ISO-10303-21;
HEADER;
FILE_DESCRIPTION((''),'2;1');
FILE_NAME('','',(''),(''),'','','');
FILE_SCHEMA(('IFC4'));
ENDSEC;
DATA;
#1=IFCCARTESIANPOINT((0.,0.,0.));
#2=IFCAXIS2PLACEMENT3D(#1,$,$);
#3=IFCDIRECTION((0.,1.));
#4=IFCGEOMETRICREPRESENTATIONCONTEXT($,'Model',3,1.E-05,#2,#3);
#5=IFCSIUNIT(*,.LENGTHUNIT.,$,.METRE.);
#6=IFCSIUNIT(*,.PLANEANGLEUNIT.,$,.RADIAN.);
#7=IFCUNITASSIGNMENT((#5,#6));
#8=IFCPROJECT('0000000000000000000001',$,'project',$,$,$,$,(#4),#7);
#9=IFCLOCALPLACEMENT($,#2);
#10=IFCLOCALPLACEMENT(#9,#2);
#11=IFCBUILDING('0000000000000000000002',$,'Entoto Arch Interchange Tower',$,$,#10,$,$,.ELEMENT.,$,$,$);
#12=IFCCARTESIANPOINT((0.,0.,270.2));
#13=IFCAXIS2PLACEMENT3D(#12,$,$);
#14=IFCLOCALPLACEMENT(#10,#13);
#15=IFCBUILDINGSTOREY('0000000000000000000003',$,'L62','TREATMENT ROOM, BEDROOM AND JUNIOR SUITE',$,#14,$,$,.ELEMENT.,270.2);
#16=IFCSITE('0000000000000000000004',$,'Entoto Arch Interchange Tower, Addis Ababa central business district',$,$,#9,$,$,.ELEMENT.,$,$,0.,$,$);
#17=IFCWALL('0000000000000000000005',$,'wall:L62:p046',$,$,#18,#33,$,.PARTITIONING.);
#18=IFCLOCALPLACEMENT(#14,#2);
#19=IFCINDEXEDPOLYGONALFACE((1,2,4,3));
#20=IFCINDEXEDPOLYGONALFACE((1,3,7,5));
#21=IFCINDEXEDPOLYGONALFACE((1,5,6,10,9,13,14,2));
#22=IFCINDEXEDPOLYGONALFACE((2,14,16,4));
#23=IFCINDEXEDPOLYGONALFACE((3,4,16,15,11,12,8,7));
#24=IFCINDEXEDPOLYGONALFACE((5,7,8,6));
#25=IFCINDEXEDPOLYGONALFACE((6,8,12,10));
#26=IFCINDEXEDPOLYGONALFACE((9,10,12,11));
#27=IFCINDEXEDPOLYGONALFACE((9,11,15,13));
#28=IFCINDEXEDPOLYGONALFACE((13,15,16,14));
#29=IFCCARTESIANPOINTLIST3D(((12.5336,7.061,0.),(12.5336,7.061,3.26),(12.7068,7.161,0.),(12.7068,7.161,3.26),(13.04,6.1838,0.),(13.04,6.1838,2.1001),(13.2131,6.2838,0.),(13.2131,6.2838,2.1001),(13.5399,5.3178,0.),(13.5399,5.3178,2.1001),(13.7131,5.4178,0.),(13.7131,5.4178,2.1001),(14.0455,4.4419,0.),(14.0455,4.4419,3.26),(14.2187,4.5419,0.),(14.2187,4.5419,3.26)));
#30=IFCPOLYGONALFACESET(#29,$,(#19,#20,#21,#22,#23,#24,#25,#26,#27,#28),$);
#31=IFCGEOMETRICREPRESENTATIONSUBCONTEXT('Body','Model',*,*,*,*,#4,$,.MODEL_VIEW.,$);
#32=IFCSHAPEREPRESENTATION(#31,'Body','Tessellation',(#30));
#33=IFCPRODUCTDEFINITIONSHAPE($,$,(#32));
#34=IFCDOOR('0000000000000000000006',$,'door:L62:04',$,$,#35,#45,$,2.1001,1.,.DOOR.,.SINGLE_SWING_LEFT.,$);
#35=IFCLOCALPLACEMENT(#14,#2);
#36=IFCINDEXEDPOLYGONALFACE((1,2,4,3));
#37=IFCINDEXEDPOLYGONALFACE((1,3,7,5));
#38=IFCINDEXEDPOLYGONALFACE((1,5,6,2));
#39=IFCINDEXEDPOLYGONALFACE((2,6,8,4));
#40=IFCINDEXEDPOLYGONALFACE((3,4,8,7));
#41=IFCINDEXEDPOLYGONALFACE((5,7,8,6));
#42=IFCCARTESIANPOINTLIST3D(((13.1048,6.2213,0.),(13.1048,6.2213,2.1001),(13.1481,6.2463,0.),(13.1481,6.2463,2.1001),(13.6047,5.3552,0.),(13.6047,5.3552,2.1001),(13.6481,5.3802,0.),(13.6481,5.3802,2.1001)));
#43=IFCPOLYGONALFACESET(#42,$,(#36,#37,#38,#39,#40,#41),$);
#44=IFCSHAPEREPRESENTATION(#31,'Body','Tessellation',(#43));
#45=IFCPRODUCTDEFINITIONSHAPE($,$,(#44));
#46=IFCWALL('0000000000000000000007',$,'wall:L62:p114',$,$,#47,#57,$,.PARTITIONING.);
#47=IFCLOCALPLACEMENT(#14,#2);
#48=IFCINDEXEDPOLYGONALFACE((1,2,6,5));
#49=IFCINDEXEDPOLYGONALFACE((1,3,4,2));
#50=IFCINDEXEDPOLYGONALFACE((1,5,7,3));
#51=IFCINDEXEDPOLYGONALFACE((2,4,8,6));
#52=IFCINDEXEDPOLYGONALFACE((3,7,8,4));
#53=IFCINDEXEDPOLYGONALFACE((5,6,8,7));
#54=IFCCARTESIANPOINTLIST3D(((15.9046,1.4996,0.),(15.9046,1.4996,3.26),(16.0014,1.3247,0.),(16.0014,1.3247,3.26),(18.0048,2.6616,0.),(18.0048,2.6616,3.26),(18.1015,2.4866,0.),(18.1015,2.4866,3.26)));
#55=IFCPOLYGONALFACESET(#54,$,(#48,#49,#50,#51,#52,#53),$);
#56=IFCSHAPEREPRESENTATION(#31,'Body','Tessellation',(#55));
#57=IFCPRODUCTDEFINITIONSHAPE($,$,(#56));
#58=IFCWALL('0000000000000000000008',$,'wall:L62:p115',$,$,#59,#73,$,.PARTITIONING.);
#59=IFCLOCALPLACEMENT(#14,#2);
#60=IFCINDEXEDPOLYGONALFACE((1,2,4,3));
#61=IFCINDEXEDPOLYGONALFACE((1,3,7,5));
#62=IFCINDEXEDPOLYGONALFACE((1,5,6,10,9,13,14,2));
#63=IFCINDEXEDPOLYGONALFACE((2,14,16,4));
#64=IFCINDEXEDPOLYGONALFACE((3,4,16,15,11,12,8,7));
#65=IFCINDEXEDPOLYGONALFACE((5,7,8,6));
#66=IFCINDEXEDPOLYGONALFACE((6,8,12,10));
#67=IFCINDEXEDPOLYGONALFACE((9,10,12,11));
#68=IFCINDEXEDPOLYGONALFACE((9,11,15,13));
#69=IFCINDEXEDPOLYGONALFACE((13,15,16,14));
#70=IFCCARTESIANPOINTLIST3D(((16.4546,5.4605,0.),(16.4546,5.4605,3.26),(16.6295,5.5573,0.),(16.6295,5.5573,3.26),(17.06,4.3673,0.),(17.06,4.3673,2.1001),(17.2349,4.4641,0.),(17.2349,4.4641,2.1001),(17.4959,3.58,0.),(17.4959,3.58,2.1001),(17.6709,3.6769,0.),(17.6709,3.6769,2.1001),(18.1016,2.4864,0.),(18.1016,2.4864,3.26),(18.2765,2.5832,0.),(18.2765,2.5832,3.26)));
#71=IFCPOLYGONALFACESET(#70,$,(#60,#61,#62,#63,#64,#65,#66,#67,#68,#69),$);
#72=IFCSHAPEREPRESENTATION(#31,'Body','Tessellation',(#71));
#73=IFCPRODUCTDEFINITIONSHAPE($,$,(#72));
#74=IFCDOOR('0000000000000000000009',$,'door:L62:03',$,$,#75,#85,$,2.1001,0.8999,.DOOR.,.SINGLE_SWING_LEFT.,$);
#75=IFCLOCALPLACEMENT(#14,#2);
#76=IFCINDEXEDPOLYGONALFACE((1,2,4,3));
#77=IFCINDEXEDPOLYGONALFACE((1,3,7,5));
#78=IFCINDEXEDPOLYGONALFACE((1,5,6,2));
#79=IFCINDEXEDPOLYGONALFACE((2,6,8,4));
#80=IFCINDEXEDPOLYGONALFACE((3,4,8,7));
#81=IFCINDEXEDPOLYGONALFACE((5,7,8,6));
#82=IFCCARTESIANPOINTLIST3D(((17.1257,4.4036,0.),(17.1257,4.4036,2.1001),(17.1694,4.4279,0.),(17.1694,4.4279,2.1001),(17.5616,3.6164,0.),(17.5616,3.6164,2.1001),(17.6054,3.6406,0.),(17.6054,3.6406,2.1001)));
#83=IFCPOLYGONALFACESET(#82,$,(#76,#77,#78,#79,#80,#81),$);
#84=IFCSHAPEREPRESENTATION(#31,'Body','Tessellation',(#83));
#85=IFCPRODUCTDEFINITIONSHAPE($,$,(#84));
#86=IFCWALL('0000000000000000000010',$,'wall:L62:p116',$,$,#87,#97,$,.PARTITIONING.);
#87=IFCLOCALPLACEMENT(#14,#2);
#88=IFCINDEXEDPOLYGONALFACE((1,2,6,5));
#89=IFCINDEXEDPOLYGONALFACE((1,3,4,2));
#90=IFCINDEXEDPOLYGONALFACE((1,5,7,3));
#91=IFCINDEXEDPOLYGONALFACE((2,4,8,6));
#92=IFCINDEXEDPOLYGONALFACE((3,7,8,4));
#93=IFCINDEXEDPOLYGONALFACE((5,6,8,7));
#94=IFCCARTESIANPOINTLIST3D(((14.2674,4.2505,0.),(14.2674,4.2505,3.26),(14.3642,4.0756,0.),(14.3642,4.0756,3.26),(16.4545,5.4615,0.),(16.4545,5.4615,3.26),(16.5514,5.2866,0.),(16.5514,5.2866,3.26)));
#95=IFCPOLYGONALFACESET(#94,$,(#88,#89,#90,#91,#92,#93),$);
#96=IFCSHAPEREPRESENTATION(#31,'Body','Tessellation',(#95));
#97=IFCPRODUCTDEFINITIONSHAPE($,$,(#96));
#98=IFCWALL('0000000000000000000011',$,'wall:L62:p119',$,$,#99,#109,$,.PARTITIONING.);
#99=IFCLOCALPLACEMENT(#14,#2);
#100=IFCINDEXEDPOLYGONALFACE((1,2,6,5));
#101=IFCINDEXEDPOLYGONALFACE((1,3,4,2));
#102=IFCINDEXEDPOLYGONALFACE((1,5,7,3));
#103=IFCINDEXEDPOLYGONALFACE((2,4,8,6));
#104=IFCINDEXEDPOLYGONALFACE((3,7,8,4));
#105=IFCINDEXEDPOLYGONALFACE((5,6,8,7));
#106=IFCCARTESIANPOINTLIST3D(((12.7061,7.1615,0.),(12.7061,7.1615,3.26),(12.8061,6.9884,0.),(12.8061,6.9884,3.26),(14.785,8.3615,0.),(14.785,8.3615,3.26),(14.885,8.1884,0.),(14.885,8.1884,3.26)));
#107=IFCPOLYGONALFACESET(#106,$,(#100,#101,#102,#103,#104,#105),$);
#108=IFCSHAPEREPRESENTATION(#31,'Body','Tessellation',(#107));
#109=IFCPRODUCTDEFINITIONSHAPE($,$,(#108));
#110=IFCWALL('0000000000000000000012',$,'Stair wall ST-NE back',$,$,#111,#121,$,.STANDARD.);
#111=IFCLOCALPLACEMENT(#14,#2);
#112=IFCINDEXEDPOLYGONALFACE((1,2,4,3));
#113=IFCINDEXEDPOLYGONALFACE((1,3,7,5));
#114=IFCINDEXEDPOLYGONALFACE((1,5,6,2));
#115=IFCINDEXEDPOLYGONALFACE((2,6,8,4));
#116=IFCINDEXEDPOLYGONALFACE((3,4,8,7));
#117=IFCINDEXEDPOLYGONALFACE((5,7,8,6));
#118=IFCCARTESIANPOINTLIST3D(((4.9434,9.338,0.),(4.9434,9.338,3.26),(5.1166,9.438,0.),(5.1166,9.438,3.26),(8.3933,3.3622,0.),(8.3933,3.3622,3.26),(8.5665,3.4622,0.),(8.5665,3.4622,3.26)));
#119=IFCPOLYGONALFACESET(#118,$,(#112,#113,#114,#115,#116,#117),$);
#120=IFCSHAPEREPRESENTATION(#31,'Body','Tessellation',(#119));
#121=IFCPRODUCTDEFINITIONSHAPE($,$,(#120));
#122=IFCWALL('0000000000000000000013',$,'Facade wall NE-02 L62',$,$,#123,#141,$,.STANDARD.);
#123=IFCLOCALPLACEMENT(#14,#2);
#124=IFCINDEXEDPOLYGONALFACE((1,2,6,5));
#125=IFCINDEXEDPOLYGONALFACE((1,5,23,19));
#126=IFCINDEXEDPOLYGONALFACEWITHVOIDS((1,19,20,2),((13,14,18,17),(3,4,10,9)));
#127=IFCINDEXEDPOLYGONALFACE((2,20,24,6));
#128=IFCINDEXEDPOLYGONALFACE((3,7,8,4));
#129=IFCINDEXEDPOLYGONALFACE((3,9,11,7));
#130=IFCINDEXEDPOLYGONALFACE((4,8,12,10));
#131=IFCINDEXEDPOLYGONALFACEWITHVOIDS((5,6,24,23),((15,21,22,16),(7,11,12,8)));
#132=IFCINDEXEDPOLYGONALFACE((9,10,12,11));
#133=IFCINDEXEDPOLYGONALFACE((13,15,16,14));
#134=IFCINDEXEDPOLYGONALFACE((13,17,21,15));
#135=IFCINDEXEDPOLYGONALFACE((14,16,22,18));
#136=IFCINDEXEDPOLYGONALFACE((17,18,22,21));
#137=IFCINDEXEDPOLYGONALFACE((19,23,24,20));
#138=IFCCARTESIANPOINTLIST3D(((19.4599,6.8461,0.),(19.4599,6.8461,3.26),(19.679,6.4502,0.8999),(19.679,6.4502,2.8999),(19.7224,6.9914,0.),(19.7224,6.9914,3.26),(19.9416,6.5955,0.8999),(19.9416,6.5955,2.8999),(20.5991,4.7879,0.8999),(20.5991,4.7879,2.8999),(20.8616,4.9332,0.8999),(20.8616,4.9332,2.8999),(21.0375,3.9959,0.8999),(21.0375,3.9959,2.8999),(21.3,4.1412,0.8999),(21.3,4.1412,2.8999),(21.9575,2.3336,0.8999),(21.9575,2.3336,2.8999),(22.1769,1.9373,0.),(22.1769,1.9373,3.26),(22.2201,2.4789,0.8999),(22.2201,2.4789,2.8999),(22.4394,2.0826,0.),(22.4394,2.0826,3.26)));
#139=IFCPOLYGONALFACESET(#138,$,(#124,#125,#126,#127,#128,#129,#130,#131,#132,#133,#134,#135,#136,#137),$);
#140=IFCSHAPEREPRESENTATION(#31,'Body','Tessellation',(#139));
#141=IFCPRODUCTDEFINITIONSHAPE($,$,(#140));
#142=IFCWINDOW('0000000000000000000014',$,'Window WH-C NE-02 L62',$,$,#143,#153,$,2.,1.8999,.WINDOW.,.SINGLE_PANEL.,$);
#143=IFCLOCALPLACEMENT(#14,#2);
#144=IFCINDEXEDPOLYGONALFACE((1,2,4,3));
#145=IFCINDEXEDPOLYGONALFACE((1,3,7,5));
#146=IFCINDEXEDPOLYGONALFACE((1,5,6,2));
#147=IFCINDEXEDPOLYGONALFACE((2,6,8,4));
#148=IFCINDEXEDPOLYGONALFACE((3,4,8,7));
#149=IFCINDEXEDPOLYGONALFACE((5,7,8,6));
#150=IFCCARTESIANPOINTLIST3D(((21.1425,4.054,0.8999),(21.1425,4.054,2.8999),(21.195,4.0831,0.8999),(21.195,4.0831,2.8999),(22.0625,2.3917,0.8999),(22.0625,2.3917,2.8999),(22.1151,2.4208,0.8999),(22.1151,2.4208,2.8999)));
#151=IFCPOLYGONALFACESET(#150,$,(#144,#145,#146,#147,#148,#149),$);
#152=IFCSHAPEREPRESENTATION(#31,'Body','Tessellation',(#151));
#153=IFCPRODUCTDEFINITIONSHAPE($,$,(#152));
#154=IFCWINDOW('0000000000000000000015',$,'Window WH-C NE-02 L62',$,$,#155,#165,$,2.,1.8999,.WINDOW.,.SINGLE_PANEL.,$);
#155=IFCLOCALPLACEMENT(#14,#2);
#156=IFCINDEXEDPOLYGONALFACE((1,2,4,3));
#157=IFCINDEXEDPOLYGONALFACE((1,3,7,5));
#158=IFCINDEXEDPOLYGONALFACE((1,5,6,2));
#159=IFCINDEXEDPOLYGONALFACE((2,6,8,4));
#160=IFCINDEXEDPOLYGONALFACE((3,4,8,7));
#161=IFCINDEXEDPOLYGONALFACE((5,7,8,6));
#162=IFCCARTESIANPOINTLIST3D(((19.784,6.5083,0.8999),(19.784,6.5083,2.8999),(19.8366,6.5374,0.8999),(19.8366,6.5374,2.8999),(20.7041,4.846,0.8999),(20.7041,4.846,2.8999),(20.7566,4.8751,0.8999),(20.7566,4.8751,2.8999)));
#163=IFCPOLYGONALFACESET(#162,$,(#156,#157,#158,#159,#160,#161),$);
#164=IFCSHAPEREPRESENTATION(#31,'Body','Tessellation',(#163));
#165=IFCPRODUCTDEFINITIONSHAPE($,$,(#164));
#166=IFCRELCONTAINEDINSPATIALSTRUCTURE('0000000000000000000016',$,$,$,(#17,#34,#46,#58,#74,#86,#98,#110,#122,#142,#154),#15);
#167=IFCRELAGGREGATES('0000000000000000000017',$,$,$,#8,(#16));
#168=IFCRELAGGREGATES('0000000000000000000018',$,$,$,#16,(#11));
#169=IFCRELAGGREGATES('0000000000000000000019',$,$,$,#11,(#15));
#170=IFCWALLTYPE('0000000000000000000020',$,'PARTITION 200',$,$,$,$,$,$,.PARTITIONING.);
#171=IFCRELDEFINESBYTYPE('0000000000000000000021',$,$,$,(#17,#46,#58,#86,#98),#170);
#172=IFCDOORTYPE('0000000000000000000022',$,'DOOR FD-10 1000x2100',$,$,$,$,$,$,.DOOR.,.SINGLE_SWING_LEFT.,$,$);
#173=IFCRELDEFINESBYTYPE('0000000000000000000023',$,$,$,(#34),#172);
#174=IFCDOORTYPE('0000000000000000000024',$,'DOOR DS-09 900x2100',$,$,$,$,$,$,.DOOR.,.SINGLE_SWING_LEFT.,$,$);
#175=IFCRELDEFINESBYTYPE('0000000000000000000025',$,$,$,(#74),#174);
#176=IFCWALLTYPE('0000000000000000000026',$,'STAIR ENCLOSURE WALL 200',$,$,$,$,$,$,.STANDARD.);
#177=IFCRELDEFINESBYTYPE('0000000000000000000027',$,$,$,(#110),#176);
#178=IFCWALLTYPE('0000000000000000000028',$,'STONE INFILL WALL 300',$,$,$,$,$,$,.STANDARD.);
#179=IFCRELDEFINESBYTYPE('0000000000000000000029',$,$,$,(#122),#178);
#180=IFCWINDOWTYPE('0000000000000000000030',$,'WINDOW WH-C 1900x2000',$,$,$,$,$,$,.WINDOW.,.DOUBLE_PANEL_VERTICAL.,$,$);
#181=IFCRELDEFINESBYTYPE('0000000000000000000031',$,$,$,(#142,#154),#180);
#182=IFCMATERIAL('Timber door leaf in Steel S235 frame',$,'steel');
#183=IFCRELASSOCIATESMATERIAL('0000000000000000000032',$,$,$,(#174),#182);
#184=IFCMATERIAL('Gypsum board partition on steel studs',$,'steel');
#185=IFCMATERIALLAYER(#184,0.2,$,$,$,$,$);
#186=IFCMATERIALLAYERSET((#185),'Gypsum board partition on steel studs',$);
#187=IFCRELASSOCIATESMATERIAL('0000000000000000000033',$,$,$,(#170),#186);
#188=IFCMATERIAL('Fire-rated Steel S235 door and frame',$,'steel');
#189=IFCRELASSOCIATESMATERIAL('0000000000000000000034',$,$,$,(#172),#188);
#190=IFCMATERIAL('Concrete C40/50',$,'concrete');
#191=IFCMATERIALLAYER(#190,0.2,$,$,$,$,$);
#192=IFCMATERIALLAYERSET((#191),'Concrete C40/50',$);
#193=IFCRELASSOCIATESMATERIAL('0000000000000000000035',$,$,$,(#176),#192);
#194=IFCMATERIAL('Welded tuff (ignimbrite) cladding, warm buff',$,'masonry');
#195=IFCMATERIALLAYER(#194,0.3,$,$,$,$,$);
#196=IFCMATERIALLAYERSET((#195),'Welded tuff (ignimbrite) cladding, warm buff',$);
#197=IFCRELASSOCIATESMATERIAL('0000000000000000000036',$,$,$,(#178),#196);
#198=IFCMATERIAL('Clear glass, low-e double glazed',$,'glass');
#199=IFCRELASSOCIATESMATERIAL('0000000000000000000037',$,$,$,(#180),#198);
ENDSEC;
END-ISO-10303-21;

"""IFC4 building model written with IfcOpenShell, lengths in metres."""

from ifc_helpers import new_model, si_unit, direction, frame, frame_2d, origin, place, context, subcontext, project, spatial, rectangle, extrude, material, layer, layer_set, type_object, element, fill, save


model = new_model("IFC4")

# Units and contexts
model_context = context("Model", 3, precision=1e-05, world=origin(), true_north=direction((0.0, 1.0)))
body_context = subcontext(model_context, "Body", "Model", "MODEL_VIEW")
ifc_project = project(units=[si_unit("LENGTHUNIT", "METRE"), si_unit("PLANEANGLEUNIT", "RADIAN")], contexts=[model_context])

# Site, building, storey
site_placement = place(None, origin())
site = spatial("IfcSite", under=ifc_project, at=site_placement, Name="Entoto Arch Interchange Tower, Addis Ababa central business district", CompositionType="ELEMENT", RefElevation=0.0)
building_placement = place(site_placement, origin())
building = spatial("IfcBuilding", under=site, at=building_placement, Name="Entoto Arch Interchange Tower", CompositionType="ELEMENT")
storey_placement = place(building_placement, frame((0.0, 0.0, 270.2)))
storey = spatial("IfcBuildingStorey", under=building, at=storey_placement, Name="L62", Description="TREATMENT ROOM, BEDROOM AND JUNIOR SUITE", CompositionType="ELEMENT", Elevation=270.2)

# Shared definitions
ifc_material_1 = material(Name="Concrete C40/50", Category="concrete")

# Shared definitions
ifc_material_2 = material(Name="Gypsum board partition on steel studs", Category="steel")
ifc_material_3 = material(Name="Timber door leaf in Steel S235 frame", Category="steel")
door_type_1 = type_object("IfcDoorType", Name="DOOR DS-09 900x2100", OperationType="SINGLE_SWING_LEFT", PredefinedType="DOOR", material=ifc_material_3)

# Shared definitions
ifc_layer_1 = layer(ifc_material_2, 0.2)
ifc_layer_set_1 = layer_set([ifc_layer_1], Name="Gypsum board partition on steel studs")
wall_type_1 = type_object("IfcWallType", Name="PARTITION 200", PredefinedType="PARTITIONING", material=ifc_layer_set_1)

# Wall, opening, door
wall_1_placement = place(storey_placement, frame((12.6201, 7.1111, 0.0), z_axis=(0.0, 0.0, 1.0), x_axis=(0.499951, -0.866054, 0.0)))
wall_1 = element("IfcWall", 1, at=wall_1_placement, inside=storey, type_object=wall_type_1, Name="wall:L62:p046", PredefinedType="PARTITIONING", context=body_context, shape_type="SweptSolid", body=[
    extrude(rectangle(XDim=3.0242, YDim=0.2, at=frame_2d((1.5122, 0.0))), origin(), (0.0, 0.0, 1.0), 3.26),
])
opening_1_placement = place(wall_1_placement, frame((1.0129, 0.0, 0.0)))
opening_1 = element("IfcOpeningElement", 2, at=opening_1_placement, cuts=wall_1, PredefinedType="OPENING", context=body_context, shape_type="SweptSolid", body=[
    extrude(rectangle(XDim=1.0, YDim=2.1001, at=frame_2d((0.5, 1.05))), frame((0.0, 0.1099, 0.0), z_axis=(0.0, -1.0, 0.0), x_axis=(1.0, 0.0, 0.0)), (0.0, 0.0, 1.0), 0.22),
])
ifc_material_4 = material(Name="Fire-rated Steel S235 door and frame", Category="steel")
door_type_2 = type_object("IfcDoorType", Name="DOOR FD-10 1000x2100", OperationType="SINGLE_SWING_LEFT", PredefinedType="DOOR", material=ifc_material_4)
door_1_placement = place(opening_1_placement, origin())
door_1 = element("IfcDoor", 3, at=door_1_placement, inside=storey, type_object=door_type_2, Name="door:L62:04", OperationType="SINGLE_SWING_LEFT", OverallHeight=2.1001, OverallWidth=1.0, PredefinedType="DOOR", context=body_context, shape_type="SweptSolid", body=[
    extrude(rectangle(XDim=1.0, YDim=2.1001, at=frame_2d((0.5, 1.05))), frame((0.0, 0.0249, 0.0), z_axis=(0.0, -1.0, 0.0), x_axis=(1.0, 0.0, 0.0)), (0.0, 0.0, 1.0), 0.05),
])
fill(opening_1, door_1)

# Wall
wall_2_placement = place(storey_placement, frame((15.9529, 1.4121, 0.0), z_axis=(0.0, 0.0, 1.0), x_axis=(0.875015, 0.484096, 0.0)))
element("IfcWall", 4, at=wall_2_placement, inside=storey, type_object=wall_type_1, Name="wall:L62:p114", PredefinedType="PARTITIONING", context=body_context, shape_type="SweptSolid", body=[
    extrude(rectangle(XDim=2.4001, YDim=0.2, at=frame_2d((1.2002, 0.0))), origin(), (0.0, 0.0, 1.0), 3.26),
])

# Wall, opening, door
wall_3_placement = place(storey_placement, frame((18.189, 2.5349, 0.0), z_axis=(0.0, 0.0, 1.0), x_axis=(-0.484447, 0.87482, 0.0)))
wall_3 = element("IfcWall", 5, at=wall_3_placement, inside=storey, type_object=wall_type_1, Name="wall:L62:p115", PredefinedType="PARTITIONING", context=body_context, shape_type="SweptSolid", body=[
    extrude(rectangle(XDim=3.3997, YDim=0.2, at=frame_2d((1.6997, 0.0))), origin(), (0.0, 0.0, 1.0), 3.26),
])
opening_2_placement = place(wall_3_placement, frame((1.25, 0.0, 0.0)))
opening_2 = element("IfcOpeningElement", 6, at=opening_2_placement, cuts=wall_3, PredefinedType="OPENING", context=body_context, shape_type="SweptSolid", body=[
    extrude(rectangle(XDim=0.8999, YDim=2.1001, at=frame_2d((0.45, 1.05))), frame((0.0, 0.1099, 0.0), z_axis=(0.0, -1.0, 0.0), x_axis=(1.0, 0.0, 0.0)), (0.0, 0.0, 1.0), 0.22),
])
door_2_placement = place(opening_2_placement, origin())
door_2 = element("IfcDoor", 7, at=door_2_placement, inside=storey, type_object=door_type_1, Name="door:L62:03", OperationType="SINGLE_SWING_LEFT", OverallHeight=2.1001, OverallWidth=0.8999, PredefinedType="DOOR", context=body_context, shape_type="SweptSolid", body=[
    extrude(rectangle(XDim=0.8999, YDim=2.1001, at=frame_2d((0.45, 1.05))), frame((0.0, 0.0249, 0.0), z_axis=(0.0, -1.0, 0.0), x_axis=(1.0, 0.0, 0.0)), (0.0, 0.0, 1.0), 0.05),
])
fill(opening_2, door_2)

# Walls
wall_4_placement = place(storey_placement, frame((16.5029, 5.374, 0.0), z_axis=(0.0, 0.0, 1.0), x_axis=(-0.874847, -0.484399, 0.0)))
element("IfcWall", 8, at=wall_4_placement, inside=storey, type_object=wall_type_1, Name="wall:L62:p116", PredefinedType="PARTITIONING", context=body_context, shape_type="SweptSolid", body=[
    extrude(rectangle(XDim=2.5, YDim=0.2, at=frame_2d((1.25, 0.0))), origin(), (0.0, 0.0, 1.0), 3.26),
])
wall_5_placement = place(storey_placement, frame((12.7561, 7.075, 0.0), z_axis=(0.0, 0.0, 1.0), x_axis=(0.866075, 0.499913, 0.0)))
element("IfcWall", 9, at=wall_5_placement, inside=storey, type_object=wall_type_1, Name="wall:L62:p119", PredefinedType="PARTITIONING", context=body_context, shape_type="SweptSolid", body=[
    extrude(rectangle(XDim=2.4004, YDim=0.2, at=frame_2d((1.2002, 0.0))), origin(), (0.0, 0.0, 1.0), 3.26),
])
ifc_layer_2 = layer(ifc_material_1, 0.2)
ifc_layer_set_2 = layer_set([ifc_layer_2], Name="Concrete C40/50")
wall_type_2 = type_object("IfcWallType", Name="STAIR ENCLOSURE WALL 200", PredefinedType="STANDARD", material=ifc_layer_set_2)
wall_6_placement = place(storey_placement, frame((8.48, 3.4121, 0.0), z_axis=(0.0, 0.0, 1.0), x_axis=(-0.499979, 0.866038, 0.0)))
element("IfcWall", 10, at=wall_6_placement, inside=storey, type_object=wall_type_2, Name="Stair wall ST-NE back", PredefinedType="STANDARD", context=body_context, shape_type="SweptSolid", body=[
    extrude(rectangle(XDim=6.9001, YDim=0.2, at=frame_2d((3.4502, 0.0))), origin(), (0.0, 0.0, 1.0), 3.26),
])

# Wall, openings, windows
ifc_material_5 = material(Name="Welded tuff (ignimbrite) cladding, warm buff", Category="masonry")
ifc_layer_3 = layer(ifc_material_5, 0.3)
ifc_layer_set_3 = layer_set([ifc_layer_3], Name="Welded tuff (ignimbrite) cladding, warm buff")
wall_type_3 = type_object("IfcWallType", Name="STONE INFILL WALL 300", PredefinedType="STANDARD", material=ifc_layer_set_3)
wall_7_placement = place(storey_placement, frame((22.3081, 2.01, 0.0), z_axis=(0.0, 0.0, 1.0), x_axis=(-0.484261, 0.874924, 0.0)))
wall_7 = element("IfcWall", 11, at=wall_7_placement, inside=storey, type_object=wall_type_3, Name="Facade wall NE-02 L62", PredefinedType="STANDARD", context=body_context, shape_type="SweptSolid", body=[
    extrude(rectangle(XDim=5.6106, YDim=0.3, at=frame_2d((2.8052, 0.0))), origin(), (0.0, 0.0, 1.0), 3.26),
])
opening_3_placement = place(wall_7_placement, frame((0.4529, 0.0, 0.8999)))
opening_3 = element("IfcOpeningElement", 12, at=opening_3_placement, cuts=wall_7, PredefinedType="OPENING", context=body_context, shape_type="SweptSolid", body=[
    extrude(rectangle(XDim=1.8999, YDim=2.0, at=frame_2d((0.95, 1.0))), frame((0.0, 0.1602, 0.0), z_axis=(0.0, -1.0, 0.0), x_axis=(1.0, 0.0, 0.0)), (0.0, 0.0, 1.0), 0.3201),
])
opening_4_placement = place(wall_7_placement, frame((3.2581, 0.0, 0.8999)))
opening_4 = element("IfcOpeningElement", 13, at=opening_4_placement, cuts=wall_7, PredefinedType="OPENING", context=body_context, shape_type="SweptSolid", body=[
    extrude(rectangle(XDim=1.8999, YDim=2.0, at=frame_2d((0.95, 1.0))), frame((0.0, 0.1602, 0.0), z_axis=(0.0, -1.0, 0.0), x_axis=(1.0, 0.0, 0.0)), (0.0, 0.0, 1.0), 0.3201),
])
ifc_material_6 = material(Name="Clear glass, low-e double glazed", Category="glass")
window_type = type_object("IfcWindowType", Name="WINDOW WH-C 1900x2000", PartitioningType="DOUBLE_PANEL_VERTICAL", PredefinedType="WINDOW", material=ifc_material_6)
window_1_placement = place(opening_3_placement, origin())
window_1 = element("IfcWindow", 14, at=window_1_placement, inside=storey, type_object=window_type, Name="Window WH-C NE-02 L62", OverallHeight=2.0, OverallWidth=1.8999, PartitioningType="SINGLE_PANEL", PredefinedType="WINDOW", context=body_context, shape_type="SweptSolid", body=[
    extrude(rectangle(XDim=1.8999, YDim=2.0, at=frame_2d((0.95, 1.0))), frame((0.0, 0.03, 0.0), z_axis=(0.0, -1.0, 0.0), x_axis=(1.0, 0.0, 0.0)), (0.0, 0.0, 1.0), 0.0601),
])
fill(opening_3, window_1)
window_2_placement = place(opening_4_placement, origin())
window_2 = element("IfcWindow", 15, at=window_2_placement, inside=storey, type_object=window_type, Name="Window WH-C NE-02 L62", OverallHeight=2.0, OverallWidth=1.8999, PartitioningType="SINGLE_PANEL", PredefinedType="WINDOW", context=body_context, shape_type="SweptSolid", body=[
    extrude(rectangle(XDim=1.8999, YDim=2.0, at=frame_2d((0.95, 1.0))), frame((0.0, 0.03, 0.0), z_axis=(0.0, -1.0, 0.0), x_axis=(1.0, 0.0, 0.0)), (0.0, 0.0, 1.0), 0.0601),
])
fill(opening_4, window_2)

save(model, "model.ifc")
